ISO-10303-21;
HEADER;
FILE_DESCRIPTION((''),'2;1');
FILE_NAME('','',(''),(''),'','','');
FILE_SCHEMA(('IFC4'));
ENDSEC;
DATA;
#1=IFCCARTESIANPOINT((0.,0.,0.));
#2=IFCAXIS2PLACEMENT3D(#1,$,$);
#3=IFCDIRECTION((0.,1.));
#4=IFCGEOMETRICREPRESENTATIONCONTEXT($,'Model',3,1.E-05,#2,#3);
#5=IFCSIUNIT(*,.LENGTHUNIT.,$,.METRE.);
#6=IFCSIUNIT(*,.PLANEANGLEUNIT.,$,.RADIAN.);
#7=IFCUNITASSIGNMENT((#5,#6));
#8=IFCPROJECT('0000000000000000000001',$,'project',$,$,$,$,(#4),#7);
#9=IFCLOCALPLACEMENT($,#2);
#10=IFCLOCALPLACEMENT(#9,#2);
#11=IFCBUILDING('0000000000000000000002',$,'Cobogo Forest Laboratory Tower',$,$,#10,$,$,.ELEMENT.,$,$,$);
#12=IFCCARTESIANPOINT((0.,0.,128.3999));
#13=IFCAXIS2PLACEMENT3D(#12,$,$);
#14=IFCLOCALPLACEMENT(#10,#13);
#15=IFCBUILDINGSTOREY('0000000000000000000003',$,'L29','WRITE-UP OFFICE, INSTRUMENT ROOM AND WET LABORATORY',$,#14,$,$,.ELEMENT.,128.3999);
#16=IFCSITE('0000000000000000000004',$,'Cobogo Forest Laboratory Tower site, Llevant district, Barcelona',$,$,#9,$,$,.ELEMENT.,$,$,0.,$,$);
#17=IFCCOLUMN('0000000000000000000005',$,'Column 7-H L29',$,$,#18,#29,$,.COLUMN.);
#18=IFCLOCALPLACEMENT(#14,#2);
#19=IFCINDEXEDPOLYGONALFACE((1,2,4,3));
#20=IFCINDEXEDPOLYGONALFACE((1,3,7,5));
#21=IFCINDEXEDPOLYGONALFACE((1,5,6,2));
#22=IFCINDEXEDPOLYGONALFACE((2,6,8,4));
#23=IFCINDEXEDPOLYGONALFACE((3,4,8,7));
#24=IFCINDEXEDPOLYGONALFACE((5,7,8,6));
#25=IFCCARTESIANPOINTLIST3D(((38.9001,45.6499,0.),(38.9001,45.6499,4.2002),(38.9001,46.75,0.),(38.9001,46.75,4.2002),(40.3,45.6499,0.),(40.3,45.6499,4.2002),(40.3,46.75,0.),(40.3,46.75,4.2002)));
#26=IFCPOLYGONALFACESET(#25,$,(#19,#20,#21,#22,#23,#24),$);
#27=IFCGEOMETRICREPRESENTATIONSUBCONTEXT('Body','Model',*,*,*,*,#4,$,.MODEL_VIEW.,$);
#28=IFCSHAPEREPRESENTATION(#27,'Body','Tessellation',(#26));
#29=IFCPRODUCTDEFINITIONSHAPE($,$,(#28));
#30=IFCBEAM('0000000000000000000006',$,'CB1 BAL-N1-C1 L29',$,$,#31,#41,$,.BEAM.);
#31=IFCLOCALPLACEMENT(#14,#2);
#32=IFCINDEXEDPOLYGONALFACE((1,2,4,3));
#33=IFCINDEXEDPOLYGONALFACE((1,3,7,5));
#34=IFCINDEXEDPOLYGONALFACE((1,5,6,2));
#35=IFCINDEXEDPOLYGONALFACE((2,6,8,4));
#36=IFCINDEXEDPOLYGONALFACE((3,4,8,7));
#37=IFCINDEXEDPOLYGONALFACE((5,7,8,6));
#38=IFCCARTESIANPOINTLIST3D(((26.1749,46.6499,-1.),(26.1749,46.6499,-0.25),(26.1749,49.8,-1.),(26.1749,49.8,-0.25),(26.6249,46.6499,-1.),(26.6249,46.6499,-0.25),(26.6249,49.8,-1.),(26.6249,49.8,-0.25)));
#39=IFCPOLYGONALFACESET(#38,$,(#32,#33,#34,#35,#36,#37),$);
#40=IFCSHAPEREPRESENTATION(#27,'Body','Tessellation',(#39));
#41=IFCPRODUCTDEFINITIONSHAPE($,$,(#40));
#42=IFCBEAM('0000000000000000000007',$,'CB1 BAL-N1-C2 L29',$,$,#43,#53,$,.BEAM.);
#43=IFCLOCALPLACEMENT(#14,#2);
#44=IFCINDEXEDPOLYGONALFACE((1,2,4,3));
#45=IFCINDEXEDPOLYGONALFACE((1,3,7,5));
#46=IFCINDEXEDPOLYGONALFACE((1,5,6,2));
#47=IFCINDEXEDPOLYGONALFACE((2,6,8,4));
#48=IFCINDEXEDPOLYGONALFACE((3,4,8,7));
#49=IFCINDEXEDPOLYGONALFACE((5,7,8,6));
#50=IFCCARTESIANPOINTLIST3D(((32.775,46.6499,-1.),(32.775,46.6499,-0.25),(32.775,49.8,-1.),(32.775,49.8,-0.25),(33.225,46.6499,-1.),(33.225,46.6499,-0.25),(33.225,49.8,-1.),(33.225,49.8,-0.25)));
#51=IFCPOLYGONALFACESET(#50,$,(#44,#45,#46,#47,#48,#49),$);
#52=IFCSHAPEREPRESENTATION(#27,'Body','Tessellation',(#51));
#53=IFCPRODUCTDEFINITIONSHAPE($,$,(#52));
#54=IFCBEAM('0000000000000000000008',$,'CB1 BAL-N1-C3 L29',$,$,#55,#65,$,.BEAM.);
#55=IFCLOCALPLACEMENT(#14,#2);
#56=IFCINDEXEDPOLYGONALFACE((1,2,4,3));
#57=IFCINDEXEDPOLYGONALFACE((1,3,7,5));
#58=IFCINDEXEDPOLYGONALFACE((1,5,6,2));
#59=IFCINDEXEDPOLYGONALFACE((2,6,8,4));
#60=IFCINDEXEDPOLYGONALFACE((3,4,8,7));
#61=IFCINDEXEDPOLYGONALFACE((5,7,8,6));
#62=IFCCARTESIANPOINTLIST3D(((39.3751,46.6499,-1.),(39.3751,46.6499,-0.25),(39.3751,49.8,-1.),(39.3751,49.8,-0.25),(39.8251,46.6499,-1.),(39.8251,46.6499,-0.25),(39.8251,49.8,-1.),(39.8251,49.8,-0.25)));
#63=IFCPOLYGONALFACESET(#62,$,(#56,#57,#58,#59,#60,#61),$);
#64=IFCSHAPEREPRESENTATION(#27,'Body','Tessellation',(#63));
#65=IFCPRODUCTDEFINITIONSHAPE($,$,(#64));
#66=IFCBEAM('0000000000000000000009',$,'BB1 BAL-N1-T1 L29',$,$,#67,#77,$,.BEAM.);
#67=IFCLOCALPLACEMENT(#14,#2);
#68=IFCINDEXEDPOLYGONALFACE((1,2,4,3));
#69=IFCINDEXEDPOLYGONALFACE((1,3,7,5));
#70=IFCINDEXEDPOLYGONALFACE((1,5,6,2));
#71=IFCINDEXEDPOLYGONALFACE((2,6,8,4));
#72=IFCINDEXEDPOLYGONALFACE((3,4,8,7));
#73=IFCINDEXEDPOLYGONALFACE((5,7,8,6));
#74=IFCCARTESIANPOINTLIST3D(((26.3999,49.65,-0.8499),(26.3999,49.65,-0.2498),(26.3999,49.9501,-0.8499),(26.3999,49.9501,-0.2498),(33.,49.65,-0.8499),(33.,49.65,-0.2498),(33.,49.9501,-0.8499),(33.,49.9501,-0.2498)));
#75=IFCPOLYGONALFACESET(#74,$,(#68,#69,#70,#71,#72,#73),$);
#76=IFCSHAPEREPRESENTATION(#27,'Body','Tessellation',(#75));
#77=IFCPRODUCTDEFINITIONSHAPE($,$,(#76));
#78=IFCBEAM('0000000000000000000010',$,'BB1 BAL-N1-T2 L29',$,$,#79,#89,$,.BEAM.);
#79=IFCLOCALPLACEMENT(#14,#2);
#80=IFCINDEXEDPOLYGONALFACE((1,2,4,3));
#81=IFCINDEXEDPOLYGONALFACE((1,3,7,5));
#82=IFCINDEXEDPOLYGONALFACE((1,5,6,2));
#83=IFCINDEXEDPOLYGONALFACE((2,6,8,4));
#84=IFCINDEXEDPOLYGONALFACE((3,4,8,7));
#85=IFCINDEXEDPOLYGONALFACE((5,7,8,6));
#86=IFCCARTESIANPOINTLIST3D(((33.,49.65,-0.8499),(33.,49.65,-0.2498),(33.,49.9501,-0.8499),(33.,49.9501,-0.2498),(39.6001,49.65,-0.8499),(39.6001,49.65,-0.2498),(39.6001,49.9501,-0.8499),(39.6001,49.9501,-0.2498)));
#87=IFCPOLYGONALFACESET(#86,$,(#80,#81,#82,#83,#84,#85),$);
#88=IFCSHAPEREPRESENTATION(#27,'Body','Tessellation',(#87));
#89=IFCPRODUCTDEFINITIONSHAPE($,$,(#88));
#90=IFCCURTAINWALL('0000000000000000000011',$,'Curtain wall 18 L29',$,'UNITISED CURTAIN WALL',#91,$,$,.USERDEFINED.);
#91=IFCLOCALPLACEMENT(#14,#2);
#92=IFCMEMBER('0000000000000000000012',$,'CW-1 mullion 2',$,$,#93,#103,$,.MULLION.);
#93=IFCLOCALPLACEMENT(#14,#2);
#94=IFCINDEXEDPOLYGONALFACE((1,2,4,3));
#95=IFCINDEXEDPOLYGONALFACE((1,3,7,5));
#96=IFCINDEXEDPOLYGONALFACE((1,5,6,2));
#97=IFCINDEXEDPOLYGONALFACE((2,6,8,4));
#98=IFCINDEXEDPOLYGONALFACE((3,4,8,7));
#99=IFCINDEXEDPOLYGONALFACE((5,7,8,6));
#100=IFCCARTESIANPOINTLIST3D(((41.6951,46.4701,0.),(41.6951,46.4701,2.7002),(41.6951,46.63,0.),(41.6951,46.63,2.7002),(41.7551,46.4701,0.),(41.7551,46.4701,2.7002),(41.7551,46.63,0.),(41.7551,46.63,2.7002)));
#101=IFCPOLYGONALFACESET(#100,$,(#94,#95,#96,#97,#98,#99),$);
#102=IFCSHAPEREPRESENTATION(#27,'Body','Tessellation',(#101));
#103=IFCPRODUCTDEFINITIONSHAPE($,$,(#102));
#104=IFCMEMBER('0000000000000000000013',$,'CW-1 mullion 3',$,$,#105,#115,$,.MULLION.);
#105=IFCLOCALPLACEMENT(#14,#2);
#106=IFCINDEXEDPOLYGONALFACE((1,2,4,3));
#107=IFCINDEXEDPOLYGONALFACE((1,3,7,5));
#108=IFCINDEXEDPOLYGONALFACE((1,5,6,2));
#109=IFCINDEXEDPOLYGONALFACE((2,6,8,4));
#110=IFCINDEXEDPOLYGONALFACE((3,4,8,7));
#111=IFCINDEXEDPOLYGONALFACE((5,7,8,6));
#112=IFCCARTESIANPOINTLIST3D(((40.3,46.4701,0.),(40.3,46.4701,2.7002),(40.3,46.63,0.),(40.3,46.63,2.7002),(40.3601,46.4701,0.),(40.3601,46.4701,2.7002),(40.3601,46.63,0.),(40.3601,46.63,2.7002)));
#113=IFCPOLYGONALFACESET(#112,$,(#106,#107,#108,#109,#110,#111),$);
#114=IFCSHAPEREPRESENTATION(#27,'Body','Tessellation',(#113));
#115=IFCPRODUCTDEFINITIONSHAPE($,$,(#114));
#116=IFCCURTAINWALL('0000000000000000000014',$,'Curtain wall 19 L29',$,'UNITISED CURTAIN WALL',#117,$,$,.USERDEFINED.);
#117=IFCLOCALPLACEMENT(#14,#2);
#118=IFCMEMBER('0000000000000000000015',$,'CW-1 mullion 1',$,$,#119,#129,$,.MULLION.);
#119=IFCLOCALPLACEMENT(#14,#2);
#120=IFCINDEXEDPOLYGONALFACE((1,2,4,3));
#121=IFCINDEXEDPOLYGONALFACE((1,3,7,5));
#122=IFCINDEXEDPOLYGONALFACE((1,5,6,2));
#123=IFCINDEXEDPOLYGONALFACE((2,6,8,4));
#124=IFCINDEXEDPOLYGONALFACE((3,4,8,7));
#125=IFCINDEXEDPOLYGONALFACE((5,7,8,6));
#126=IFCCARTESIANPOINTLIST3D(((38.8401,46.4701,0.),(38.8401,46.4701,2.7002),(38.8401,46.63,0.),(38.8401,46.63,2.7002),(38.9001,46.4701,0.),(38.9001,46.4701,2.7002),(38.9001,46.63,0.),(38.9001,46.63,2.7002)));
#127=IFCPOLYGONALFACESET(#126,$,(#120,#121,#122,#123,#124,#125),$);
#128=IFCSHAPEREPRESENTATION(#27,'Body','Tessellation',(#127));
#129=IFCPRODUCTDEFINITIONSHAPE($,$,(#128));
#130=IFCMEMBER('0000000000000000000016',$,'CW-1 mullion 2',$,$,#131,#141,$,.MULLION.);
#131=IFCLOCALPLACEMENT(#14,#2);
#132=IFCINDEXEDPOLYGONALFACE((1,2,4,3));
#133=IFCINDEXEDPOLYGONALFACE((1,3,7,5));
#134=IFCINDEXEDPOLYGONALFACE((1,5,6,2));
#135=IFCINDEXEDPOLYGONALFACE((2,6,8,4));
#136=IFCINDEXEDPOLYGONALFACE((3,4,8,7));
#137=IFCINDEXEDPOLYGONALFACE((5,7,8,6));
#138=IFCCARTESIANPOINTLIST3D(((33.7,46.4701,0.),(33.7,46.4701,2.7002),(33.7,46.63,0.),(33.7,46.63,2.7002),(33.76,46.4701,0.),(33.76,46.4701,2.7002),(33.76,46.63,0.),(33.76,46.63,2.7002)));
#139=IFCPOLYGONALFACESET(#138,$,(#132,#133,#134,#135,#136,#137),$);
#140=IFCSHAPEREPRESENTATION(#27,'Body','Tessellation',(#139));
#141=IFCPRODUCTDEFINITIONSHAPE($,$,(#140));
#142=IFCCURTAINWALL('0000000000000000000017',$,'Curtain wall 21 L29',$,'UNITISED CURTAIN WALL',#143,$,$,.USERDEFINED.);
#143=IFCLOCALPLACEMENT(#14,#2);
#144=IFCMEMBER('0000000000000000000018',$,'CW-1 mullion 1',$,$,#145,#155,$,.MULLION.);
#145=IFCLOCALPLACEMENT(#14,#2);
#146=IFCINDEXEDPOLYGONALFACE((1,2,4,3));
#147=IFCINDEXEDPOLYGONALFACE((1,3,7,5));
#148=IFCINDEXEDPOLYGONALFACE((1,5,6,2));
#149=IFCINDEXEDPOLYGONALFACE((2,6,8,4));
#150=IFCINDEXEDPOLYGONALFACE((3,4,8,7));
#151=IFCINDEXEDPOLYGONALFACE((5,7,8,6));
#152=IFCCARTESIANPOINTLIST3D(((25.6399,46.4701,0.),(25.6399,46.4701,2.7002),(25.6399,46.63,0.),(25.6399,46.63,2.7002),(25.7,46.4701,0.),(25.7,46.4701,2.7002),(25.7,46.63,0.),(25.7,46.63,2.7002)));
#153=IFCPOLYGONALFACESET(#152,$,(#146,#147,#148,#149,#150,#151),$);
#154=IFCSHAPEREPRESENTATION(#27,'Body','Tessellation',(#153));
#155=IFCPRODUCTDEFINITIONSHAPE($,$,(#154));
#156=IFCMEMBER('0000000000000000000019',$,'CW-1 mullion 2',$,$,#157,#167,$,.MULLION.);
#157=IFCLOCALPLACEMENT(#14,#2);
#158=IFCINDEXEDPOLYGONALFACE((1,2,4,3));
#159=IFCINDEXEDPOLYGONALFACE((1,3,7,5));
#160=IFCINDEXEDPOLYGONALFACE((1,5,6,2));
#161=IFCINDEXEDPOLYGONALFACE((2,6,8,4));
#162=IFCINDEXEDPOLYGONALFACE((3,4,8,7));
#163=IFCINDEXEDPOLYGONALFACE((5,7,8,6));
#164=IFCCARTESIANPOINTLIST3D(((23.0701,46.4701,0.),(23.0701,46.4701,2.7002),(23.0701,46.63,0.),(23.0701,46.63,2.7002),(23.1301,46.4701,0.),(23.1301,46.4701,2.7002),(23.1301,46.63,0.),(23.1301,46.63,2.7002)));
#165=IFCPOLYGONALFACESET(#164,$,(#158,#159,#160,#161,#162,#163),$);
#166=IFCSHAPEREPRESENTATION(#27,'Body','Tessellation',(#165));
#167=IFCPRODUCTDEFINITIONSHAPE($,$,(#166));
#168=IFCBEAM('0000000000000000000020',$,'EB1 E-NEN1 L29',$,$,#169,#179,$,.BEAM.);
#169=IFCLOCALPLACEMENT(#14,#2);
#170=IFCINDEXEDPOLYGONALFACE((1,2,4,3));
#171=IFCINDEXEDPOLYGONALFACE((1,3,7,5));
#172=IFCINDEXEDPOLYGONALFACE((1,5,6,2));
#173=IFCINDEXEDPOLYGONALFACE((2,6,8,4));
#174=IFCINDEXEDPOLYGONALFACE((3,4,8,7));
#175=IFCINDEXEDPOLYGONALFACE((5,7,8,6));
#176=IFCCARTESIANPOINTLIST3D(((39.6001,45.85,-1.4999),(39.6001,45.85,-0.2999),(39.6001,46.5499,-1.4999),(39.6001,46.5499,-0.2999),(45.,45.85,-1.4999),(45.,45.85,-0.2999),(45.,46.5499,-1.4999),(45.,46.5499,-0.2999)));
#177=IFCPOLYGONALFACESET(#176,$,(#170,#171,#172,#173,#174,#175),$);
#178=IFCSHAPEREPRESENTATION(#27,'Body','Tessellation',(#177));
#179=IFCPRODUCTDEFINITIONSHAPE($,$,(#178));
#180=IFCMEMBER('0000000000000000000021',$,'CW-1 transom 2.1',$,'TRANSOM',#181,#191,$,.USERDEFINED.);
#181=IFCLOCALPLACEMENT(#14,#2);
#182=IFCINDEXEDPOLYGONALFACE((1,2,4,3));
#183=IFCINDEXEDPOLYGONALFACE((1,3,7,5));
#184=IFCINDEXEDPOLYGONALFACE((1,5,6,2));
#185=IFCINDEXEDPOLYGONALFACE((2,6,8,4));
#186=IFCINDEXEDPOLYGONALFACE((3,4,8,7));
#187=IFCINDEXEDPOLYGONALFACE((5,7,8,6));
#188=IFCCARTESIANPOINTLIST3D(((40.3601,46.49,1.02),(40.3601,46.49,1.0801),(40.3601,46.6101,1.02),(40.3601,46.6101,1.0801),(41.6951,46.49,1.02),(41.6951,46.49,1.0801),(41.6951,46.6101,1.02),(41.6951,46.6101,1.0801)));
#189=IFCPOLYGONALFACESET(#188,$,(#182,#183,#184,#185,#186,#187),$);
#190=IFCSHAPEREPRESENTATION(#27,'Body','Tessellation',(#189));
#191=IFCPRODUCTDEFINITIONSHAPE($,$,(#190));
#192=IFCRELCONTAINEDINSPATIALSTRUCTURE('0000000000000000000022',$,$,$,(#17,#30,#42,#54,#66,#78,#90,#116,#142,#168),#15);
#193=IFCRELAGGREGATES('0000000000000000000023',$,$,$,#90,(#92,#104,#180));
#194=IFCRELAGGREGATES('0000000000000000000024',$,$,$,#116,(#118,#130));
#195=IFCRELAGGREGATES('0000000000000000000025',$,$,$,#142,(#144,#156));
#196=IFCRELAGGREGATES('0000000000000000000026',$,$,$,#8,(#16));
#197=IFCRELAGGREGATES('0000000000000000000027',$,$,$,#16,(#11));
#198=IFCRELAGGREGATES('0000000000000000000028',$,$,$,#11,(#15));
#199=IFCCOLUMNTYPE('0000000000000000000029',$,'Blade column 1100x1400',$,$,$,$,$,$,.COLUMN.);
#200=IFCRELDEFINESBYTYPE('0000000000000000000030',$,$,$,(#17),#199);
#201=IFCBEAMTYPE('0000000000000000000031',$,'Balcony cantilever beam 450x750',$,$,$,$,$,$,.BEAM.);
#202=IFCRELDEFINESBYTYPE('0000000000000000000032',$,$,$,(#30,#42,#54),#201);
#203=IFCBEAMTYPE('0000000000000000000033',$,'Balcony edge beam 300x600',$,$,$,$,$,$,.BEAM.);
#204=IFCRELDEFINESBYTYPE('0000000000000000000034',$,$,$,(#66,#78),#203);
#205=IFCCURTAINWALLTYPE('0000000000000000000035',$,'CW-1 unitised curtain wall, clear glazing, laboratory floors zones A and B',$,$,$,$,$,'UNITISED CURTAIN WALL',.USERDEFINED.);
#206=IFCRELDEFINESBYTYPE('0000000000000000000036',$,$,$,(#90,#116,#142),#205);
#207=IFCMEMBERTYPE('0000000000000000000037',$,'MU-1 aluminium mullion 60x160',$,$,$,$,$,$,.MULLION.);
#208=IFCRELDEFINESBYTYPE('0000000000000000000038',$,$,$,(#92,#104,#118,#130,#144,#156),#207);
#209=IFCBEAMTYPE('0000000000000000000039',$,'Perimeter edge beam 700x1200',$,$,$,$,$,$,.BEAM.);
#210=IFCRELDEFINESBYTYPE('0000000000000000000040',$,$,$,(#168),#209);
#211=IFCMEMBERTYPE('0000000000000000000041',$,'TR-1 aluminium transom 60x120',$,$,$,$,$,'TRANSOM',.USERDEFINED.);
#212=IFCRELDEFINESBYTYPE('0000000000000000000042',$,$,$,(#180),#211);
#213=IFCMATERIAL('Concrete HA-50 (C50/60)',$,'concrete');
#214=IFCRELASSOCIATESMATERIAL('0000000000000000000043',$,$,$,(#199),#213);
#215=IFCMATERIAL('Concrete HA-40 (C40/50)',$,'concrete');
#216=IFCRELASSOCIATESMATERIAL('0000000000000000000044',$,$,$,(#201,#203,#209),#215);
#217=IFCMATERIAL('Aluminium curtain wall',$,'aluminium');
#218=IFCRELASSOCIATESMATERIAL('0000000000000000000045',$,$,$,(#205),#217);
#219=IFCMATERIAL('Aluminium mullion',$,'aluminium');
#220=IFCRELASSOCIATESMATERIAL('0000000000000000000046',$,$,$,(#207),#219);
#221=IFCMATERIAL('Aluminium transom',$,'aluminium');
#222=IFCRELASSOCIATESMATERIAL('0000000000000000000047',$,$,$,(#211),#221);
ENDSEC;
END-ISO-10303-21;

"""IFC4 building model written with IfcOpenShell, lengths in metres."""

from ifc_helpers import new_model, si_unit, direction, frame, origin, origin_2d, place, context, subcontext, project, spatial, rectangle, extrude, material, material_profile, profile_set, type_object, element, aggregate, save


model = new_model("IFC4")

# Units and contexts
model_context = context("Model", 3, precision=1e-05, world=origin(), true_north=direction((0.0, 1.0)))
body_context = subcontext(model_context, "Body", "Model", "MODEL_VIEW")
ifc_project = project(units=[si_unit("LENGTHUNIT", "METRE"), si_unit("PLANEANGLEUNIT", "RADIAN")], contexts=[model_context])

# Site, building, storey
site_placement = place(None, origin())
site = spatial("IfcSite", under=ifc_project, at=site_placement, Name="Cobogo Forest Laboratory Tower site, Llevant district, Barcelona", CompositionType="ELEMENT", RefElevation=0.0)
building_placement = place(site_placement, origin())
building = spatial("IfcBuilding", under=site, at=building_placement, Name="Cobogo Forest Laboratory Tower", CompositionType="ELEMENT")
storey_placement = place(building_placement, frame((0.0, 0.0, 128.3999)))
storey = spatial("IfcBuildingStorey", under=building, at=storey_placement, Name="L29", Description="WRITE-UP OFFICE, INSTRUMENT ROOM AND WET LABORATORY", CompositionType="ELEMENT", Elevation=128.3999)

# Column
ifc_material_1 = material(Name="Concrete HA-50 (C50/60)", Category="concrete")
ifc_material_profile_1 = material_profile(ifc_material_1, rectangle(XDim=1.3999, YDim=1.1001, at=origin_2d()), Name="RC 1100x1400")
ifc_profile_set_1 = profile_set([ifc_material_profile_1], Name="Concrete HA-50 (C50/60)")
column_type = type_object("IfcColumnType", Name="Blade column 1100x1400", PredefinedType="COLUMN", material=ifc_profile_set_1)
column_placement = place(storey_placement, frame((39.6001, 46.2, 0.0), z_axis=(0.0, 0.0, 1.0), x_axis=(1.0, 0.0, 0.0)))
element("IfcColumn", 1, at=column_placement, inside=storey, type_object=column_type, Name="Column 7-H L29", PredefinedType="COLUMN", context=body_context, shape_type="SweptSolid", body=[
    extrude(rectangle(XDim=1.3999, YDim=1.1001, at=origin_2d()), origin(), (0.0, 0.0, 1.0), 4.2002),
])

# Beams
ifc_material_2 = material(Name="Concrete HA-40 (C40/50)", Category="concrete")
ifc_material_profile_2 = material_profile(ifc_material_2, rectangle(XDim=0.45, YDim=0.75, at=origin_2d()), Name="RC 450x750")
ifc_profile_set_2 = profile_set([ifc_material_profile_2], Name="Concrete HA-40 (C40/50)")
beam_type_1 = type_object("IfcBeamType", Name="Balcony cantilever beam 450x750", PredefinedType="BEAM", material=ifc_profile_set_2)
for number, where, z_axis, x_axis, name in (
    (2, (26.3999, 46.6499, -0.625), (0.0, 1.0, 0.0), (-1.0, 0.0, 0.0), "CB1 BAL-N1-C1 L29"),
    (3, (33.0, 46.6499, -0.625), (0.0, 1.0, 0.0), (-1.0, 0.0, 0.0), "CB1 BAL-N1-C2 L29"),
    (4, (39.6001, 46.6499, -0.625), (0.0, 1.0, 0.0), (-1.0, 0.0, 0.0), "CB1 BAL-N1-C3 L29"),
):
    element("IfcBeam", number, at=place(storey_placement, frame(where, z_axis=z_axis, x_axis=x_axis)), inside=storey, type_object=beam_type_1, Name=name, PredefinedType="BEAM", context=body_context, shape_type="SweptSolid", body=[
        extrude(rectangle(XDim=0.45, YDim=0.75, at=origin_2d()), origin(), (0.0, 0.0, 1.0), 3.1501),
    ])
ifc_material_profile_3 = material_profile(ifc_material_2, rectangle(XDim=0.3, YDim=0.6001, at=origin_2d()), Name="RC 300x600")
ifc_profile_set_3 = profile_set([ifc_material_profile_3], Name="Concrete HA-40 (C40/50)")
beam_type_2 = type_object("IfcBeamType", Name="Balcony edge beam 300x600", PredefinedType="BEAM", material=ifc_profile_set_3)
for number, where, z_axis, x_axis, name in (
    (5, (26.3999, 49.8, -0.5498), (1.0, 0.0, 0.0), (0.0, 1.0, 0.0), "BB1 BAL-N1-T1 L29"),
    (6, (33.0, 49.8, -0.5498), (1.0, 0.0, 0.0), (0.0, 1.0, 0.0), "BB1 BAL-N1-T2 L29"),
):
    element("IfcBeam", number, at=place(storey_placement, frame(where, z_axis=z_axis, x_axis=x_axis)), inside=storey, type_object=beam_type_2, Name=name, PredefinedType="BEAM", context=body_context, shape_type="SweptSolid", body=[
        extrude(rectangle(XDim=0.3, YDim=0.6001, at=origin_2d()), origin(), (0.0, 0.0, 1.0), 6.6001),
    ])

# Curtain walls, members
ifc_material_3 = material(Name="Aluminium curtain wall", Category="aluminium")
curtain_wall_type = type_object("IfcCurtainWallType", Name="CW-1 unitised curtain wall, clear glazing, laboratory floors zones A and B", ElementType="UNITISED CURTAIN WALL", PredefinedType="USERDEFINED", material=ifc_material_3)
curtain_wall_1_placement = place(storey_placement, origin())
curtain_wall_1 = element("IfcCurtainWall", 7, at=curtain_wall_1_placement, inside=storey, type_object=curtain_wall_type, Name="Curtain wall 18 L29", ObjectType="UNITISED CURTAIN WALL", PredefinedType="USERDEFINED")
ifc_material_4 = material(Name="Aluminium mullion", Category="aluminium")
ifc_material_profile_4 = material_profile(ifc_material_4, rectangle(XDim=0.0601, YDim=0.1599, at=origin_2d()), Name="AL 60x160")
ifc_profile_set_4 = profile_set([ifc_material_profile_4], Name="Aluminium mullion")
member_type_1 = type_object("IfcMemberType", Name="MU-1 aluminium mullion 60x160", PredefinedType="MULLION", material=ifc_profile_set_4)
member_1_placement = place(storey_placement, frame((41.7251, 46.55, 0.0), z_axis=(0.0, 0.0, 1.0), x_axis=(-1.0, 0.0, 0.0)))
member_1 = element("IfcMember", 8, at=member_1_placement, type_object=member_type_1, Name="CW-1 mullion 2", PredefinedType="MULLION", context=body_context, shape_type="SweptSolid", body=[
    extrude(rectangle(XDim=0.0601, YDim=0.1599, at=origin_2d()), origin(), (0.0, 0.0, 1.0), 2.7002),
])
member_2_placement = place(storey_placement, frame((40.3301, 46.55, 0.0), z_axis=(0.0, 0.0, 1.0), x_axis=(-1.0, 0.0, 0.0)))
member_2 = element("IfcMember", 9, at=member_2_placement, type_object=member_type_1, Name="CW-1 mullion 3", PredefinedType="MULLION", context=body_context, shape_type="SweptSolid", body=[
    extrude(rectangle(XDim=0.0601, YDim=0.1599, at=origin_2d()), origin(), (0.0, 0.0, 1.0), 2.7002),
])
curtain_wall_2_placement = place(storey_placement, origin())
curtain_wall_2 = element("IfcCurtainWall", 10, at=curtain_wall_2_placement, inside=storey, type_object=curtain_wall_type, Name="Curtain wall 19 L29", ObjectType="UNITISED CURTAIN WALL", PredefinedType="USERDEFINED")
member_3_placement = place(storey_placement, frame((38.8701, 46.55, 0.0), z_axis=(0.0, 0.0, 1.0), x_axis=(-1.0, 0.0, 0.0)))
member_3 = element("IfcMember", 11, at=member_3_placement, type_object=member_type_1, Name="CW-1 mullion 1", PredefinedType="MULLION", context=body_context, shape_type="SweptSolid", body=[
    extrude(rectangle(XDim=0.0601, YDim=0.1599, at=origin_2d()), origin(), (0.0, 0.0, 1.0), 2.7002),
])
member_4_placement = place(storey_placement, frame((33.73, 46.55, 0.0), z_axis=(0.0, 0.0, 1.0), x_axis=(-1.0, 0.0, 0.0)))
member_4 = element("IfcMember", 12, at=member_4_placement, type_object=member_type_1, Name="CW-1 mullion 2", PredefinedType="MULLION", context=body_context, shape_type="SweptSolid", body=[
    extrude(rectangle(XDim=0.0601, YDim=0.1599, at=origin_2d()), origin(), (0.0, 0.0, 1.0), 2.7002),
])
curtain_wall_3_placement = place(storey_placement, origin())
curtain_wall_3 = element("IfcCurtainWall", 13, at=curtain_wall_3_placement, inside=storey, type_object=curtain_wall_type, Name="Curtain wall 21 L29", ObjectType="UNITISED CURTAIN WALL", PredefinedType="USERDEFINED")
member_5_placement = place(storey_placement, frame((25.6699, 46.55, 0.0), z_axis=(0.0, 0.0, 1.0), x_axis=(-1.0, 0.0, 0.0)))
member_5 = element("IfcMember", 14, at=member_5_placement, type_object=member_type_1, Name="CW-1 mullion 1", PredefinedType="MULLION", context=body_context, shape_type="SweptSolid", body=[
    extrude(rectangle(XDim=0.0601, YDim=0.1599, at=origin_2d()), origin(), (0.0, 0.0, 1.0), 2.7002),
])
member_6_placement = place(storey_placement, frame((23.1001, 46.55, 0.0), z_axis=(0.0, 0.0, 1.0), x_axis=(-1.0, 0.0, 0.0)))
member_6 = element("IfcMember", 15, at=member_6_placement, type_object=member_type_1, Name="CW-1 mullion 2", PredefinedType="MULLION", context=body_context, shape_type="SweptSolid", body=[
    extrude(rectangle(XDim=0.0601, YDim=0.1599, at=origin_2d()), origin(), (0.0, 0.0, 1.0), 2.7002),
])

# Beam
ifc_material_profile_5 = material_profile(ifc_material_2, rectangle(XDim=0.7, YDim=1.2, at=origin_2d()), Name="RC 700x1200")
ifc_profile_set_5 = profile_set([ifc_material_profile_5], Name="Concrete HA-40 (C40/50)")
beam_type_3 = type_object("IfcBeamType", Name="Perimeter edge beam 700x1200", PredefinedType="BEAM", material=ifc_profile_set_5)
beam_placement = place(storey_placement, frame((39.6001, 46.2, -0.8999), z_axis=(1.0, 0.0, 0.0), x_axis=(0.0, 1.0, 0.0)))
element("IfcBeam", 16, at=beam_placement, inside=storey, type_object=beam_type_3, Name="EB1 E-NEN1 L29", PredefinedType="BEAM", context=body_context, shape_type="SweptSolid", body=[
    extrude(rectangle(XDim=0.7, YDim=1.2, at=origin_2d()), origin(), (0.0, 0.0, 1.0), 5.3999),
])

# Member
ifc_material_5 = material(Name="Aluminium transom", Category="aluminium")
ifc_material_profile_6 = material_profile(ifc_material_5, rectangle(XDim=0.1201, YDim=0.0601, at=origin_2d()), Name="AL 60x120")
ifc_profile_set_6 = profile_set([ifc_material_profile_6], Name="Aluminium transom")
member_type_2 = type_object("IfcMemberType", Name="TR-1 aluminium transom 60x120", ElementType="TRANSOM", PredefinedType="USERDEFINED", material=ifc_profile_set_6)
member_7_placement = place(storey_placement, frame((41.6951, 46.55, 1.05), z_axis=(-1.0, 0.0, 0.0), x_axis=(0.0, -1.0, 0.0)))
member_7 = element("IfcMember", 17, at=member_7_placement, type_object=member_type_2, Name="CW-1 transom 2.1", ObjectType="TRANSOM", PredefinedType="USERDEFINED", context=body_context, shape_type="SweptSolid", body=[
    extrude(rectangle(XDim=0.1201, YDim=0.0601, at=origin_2d()), origin(), (0.0, 0.0, 1.0), 1.335),
])

aggregate(curtain_wall_1, [member_1, member_2, member_7])
aggregate(curtain_wall_2, [member_3, member_4])
aggregate(curtain_wall_3, [member_5, member_6])

save(model, "model.ifc")
